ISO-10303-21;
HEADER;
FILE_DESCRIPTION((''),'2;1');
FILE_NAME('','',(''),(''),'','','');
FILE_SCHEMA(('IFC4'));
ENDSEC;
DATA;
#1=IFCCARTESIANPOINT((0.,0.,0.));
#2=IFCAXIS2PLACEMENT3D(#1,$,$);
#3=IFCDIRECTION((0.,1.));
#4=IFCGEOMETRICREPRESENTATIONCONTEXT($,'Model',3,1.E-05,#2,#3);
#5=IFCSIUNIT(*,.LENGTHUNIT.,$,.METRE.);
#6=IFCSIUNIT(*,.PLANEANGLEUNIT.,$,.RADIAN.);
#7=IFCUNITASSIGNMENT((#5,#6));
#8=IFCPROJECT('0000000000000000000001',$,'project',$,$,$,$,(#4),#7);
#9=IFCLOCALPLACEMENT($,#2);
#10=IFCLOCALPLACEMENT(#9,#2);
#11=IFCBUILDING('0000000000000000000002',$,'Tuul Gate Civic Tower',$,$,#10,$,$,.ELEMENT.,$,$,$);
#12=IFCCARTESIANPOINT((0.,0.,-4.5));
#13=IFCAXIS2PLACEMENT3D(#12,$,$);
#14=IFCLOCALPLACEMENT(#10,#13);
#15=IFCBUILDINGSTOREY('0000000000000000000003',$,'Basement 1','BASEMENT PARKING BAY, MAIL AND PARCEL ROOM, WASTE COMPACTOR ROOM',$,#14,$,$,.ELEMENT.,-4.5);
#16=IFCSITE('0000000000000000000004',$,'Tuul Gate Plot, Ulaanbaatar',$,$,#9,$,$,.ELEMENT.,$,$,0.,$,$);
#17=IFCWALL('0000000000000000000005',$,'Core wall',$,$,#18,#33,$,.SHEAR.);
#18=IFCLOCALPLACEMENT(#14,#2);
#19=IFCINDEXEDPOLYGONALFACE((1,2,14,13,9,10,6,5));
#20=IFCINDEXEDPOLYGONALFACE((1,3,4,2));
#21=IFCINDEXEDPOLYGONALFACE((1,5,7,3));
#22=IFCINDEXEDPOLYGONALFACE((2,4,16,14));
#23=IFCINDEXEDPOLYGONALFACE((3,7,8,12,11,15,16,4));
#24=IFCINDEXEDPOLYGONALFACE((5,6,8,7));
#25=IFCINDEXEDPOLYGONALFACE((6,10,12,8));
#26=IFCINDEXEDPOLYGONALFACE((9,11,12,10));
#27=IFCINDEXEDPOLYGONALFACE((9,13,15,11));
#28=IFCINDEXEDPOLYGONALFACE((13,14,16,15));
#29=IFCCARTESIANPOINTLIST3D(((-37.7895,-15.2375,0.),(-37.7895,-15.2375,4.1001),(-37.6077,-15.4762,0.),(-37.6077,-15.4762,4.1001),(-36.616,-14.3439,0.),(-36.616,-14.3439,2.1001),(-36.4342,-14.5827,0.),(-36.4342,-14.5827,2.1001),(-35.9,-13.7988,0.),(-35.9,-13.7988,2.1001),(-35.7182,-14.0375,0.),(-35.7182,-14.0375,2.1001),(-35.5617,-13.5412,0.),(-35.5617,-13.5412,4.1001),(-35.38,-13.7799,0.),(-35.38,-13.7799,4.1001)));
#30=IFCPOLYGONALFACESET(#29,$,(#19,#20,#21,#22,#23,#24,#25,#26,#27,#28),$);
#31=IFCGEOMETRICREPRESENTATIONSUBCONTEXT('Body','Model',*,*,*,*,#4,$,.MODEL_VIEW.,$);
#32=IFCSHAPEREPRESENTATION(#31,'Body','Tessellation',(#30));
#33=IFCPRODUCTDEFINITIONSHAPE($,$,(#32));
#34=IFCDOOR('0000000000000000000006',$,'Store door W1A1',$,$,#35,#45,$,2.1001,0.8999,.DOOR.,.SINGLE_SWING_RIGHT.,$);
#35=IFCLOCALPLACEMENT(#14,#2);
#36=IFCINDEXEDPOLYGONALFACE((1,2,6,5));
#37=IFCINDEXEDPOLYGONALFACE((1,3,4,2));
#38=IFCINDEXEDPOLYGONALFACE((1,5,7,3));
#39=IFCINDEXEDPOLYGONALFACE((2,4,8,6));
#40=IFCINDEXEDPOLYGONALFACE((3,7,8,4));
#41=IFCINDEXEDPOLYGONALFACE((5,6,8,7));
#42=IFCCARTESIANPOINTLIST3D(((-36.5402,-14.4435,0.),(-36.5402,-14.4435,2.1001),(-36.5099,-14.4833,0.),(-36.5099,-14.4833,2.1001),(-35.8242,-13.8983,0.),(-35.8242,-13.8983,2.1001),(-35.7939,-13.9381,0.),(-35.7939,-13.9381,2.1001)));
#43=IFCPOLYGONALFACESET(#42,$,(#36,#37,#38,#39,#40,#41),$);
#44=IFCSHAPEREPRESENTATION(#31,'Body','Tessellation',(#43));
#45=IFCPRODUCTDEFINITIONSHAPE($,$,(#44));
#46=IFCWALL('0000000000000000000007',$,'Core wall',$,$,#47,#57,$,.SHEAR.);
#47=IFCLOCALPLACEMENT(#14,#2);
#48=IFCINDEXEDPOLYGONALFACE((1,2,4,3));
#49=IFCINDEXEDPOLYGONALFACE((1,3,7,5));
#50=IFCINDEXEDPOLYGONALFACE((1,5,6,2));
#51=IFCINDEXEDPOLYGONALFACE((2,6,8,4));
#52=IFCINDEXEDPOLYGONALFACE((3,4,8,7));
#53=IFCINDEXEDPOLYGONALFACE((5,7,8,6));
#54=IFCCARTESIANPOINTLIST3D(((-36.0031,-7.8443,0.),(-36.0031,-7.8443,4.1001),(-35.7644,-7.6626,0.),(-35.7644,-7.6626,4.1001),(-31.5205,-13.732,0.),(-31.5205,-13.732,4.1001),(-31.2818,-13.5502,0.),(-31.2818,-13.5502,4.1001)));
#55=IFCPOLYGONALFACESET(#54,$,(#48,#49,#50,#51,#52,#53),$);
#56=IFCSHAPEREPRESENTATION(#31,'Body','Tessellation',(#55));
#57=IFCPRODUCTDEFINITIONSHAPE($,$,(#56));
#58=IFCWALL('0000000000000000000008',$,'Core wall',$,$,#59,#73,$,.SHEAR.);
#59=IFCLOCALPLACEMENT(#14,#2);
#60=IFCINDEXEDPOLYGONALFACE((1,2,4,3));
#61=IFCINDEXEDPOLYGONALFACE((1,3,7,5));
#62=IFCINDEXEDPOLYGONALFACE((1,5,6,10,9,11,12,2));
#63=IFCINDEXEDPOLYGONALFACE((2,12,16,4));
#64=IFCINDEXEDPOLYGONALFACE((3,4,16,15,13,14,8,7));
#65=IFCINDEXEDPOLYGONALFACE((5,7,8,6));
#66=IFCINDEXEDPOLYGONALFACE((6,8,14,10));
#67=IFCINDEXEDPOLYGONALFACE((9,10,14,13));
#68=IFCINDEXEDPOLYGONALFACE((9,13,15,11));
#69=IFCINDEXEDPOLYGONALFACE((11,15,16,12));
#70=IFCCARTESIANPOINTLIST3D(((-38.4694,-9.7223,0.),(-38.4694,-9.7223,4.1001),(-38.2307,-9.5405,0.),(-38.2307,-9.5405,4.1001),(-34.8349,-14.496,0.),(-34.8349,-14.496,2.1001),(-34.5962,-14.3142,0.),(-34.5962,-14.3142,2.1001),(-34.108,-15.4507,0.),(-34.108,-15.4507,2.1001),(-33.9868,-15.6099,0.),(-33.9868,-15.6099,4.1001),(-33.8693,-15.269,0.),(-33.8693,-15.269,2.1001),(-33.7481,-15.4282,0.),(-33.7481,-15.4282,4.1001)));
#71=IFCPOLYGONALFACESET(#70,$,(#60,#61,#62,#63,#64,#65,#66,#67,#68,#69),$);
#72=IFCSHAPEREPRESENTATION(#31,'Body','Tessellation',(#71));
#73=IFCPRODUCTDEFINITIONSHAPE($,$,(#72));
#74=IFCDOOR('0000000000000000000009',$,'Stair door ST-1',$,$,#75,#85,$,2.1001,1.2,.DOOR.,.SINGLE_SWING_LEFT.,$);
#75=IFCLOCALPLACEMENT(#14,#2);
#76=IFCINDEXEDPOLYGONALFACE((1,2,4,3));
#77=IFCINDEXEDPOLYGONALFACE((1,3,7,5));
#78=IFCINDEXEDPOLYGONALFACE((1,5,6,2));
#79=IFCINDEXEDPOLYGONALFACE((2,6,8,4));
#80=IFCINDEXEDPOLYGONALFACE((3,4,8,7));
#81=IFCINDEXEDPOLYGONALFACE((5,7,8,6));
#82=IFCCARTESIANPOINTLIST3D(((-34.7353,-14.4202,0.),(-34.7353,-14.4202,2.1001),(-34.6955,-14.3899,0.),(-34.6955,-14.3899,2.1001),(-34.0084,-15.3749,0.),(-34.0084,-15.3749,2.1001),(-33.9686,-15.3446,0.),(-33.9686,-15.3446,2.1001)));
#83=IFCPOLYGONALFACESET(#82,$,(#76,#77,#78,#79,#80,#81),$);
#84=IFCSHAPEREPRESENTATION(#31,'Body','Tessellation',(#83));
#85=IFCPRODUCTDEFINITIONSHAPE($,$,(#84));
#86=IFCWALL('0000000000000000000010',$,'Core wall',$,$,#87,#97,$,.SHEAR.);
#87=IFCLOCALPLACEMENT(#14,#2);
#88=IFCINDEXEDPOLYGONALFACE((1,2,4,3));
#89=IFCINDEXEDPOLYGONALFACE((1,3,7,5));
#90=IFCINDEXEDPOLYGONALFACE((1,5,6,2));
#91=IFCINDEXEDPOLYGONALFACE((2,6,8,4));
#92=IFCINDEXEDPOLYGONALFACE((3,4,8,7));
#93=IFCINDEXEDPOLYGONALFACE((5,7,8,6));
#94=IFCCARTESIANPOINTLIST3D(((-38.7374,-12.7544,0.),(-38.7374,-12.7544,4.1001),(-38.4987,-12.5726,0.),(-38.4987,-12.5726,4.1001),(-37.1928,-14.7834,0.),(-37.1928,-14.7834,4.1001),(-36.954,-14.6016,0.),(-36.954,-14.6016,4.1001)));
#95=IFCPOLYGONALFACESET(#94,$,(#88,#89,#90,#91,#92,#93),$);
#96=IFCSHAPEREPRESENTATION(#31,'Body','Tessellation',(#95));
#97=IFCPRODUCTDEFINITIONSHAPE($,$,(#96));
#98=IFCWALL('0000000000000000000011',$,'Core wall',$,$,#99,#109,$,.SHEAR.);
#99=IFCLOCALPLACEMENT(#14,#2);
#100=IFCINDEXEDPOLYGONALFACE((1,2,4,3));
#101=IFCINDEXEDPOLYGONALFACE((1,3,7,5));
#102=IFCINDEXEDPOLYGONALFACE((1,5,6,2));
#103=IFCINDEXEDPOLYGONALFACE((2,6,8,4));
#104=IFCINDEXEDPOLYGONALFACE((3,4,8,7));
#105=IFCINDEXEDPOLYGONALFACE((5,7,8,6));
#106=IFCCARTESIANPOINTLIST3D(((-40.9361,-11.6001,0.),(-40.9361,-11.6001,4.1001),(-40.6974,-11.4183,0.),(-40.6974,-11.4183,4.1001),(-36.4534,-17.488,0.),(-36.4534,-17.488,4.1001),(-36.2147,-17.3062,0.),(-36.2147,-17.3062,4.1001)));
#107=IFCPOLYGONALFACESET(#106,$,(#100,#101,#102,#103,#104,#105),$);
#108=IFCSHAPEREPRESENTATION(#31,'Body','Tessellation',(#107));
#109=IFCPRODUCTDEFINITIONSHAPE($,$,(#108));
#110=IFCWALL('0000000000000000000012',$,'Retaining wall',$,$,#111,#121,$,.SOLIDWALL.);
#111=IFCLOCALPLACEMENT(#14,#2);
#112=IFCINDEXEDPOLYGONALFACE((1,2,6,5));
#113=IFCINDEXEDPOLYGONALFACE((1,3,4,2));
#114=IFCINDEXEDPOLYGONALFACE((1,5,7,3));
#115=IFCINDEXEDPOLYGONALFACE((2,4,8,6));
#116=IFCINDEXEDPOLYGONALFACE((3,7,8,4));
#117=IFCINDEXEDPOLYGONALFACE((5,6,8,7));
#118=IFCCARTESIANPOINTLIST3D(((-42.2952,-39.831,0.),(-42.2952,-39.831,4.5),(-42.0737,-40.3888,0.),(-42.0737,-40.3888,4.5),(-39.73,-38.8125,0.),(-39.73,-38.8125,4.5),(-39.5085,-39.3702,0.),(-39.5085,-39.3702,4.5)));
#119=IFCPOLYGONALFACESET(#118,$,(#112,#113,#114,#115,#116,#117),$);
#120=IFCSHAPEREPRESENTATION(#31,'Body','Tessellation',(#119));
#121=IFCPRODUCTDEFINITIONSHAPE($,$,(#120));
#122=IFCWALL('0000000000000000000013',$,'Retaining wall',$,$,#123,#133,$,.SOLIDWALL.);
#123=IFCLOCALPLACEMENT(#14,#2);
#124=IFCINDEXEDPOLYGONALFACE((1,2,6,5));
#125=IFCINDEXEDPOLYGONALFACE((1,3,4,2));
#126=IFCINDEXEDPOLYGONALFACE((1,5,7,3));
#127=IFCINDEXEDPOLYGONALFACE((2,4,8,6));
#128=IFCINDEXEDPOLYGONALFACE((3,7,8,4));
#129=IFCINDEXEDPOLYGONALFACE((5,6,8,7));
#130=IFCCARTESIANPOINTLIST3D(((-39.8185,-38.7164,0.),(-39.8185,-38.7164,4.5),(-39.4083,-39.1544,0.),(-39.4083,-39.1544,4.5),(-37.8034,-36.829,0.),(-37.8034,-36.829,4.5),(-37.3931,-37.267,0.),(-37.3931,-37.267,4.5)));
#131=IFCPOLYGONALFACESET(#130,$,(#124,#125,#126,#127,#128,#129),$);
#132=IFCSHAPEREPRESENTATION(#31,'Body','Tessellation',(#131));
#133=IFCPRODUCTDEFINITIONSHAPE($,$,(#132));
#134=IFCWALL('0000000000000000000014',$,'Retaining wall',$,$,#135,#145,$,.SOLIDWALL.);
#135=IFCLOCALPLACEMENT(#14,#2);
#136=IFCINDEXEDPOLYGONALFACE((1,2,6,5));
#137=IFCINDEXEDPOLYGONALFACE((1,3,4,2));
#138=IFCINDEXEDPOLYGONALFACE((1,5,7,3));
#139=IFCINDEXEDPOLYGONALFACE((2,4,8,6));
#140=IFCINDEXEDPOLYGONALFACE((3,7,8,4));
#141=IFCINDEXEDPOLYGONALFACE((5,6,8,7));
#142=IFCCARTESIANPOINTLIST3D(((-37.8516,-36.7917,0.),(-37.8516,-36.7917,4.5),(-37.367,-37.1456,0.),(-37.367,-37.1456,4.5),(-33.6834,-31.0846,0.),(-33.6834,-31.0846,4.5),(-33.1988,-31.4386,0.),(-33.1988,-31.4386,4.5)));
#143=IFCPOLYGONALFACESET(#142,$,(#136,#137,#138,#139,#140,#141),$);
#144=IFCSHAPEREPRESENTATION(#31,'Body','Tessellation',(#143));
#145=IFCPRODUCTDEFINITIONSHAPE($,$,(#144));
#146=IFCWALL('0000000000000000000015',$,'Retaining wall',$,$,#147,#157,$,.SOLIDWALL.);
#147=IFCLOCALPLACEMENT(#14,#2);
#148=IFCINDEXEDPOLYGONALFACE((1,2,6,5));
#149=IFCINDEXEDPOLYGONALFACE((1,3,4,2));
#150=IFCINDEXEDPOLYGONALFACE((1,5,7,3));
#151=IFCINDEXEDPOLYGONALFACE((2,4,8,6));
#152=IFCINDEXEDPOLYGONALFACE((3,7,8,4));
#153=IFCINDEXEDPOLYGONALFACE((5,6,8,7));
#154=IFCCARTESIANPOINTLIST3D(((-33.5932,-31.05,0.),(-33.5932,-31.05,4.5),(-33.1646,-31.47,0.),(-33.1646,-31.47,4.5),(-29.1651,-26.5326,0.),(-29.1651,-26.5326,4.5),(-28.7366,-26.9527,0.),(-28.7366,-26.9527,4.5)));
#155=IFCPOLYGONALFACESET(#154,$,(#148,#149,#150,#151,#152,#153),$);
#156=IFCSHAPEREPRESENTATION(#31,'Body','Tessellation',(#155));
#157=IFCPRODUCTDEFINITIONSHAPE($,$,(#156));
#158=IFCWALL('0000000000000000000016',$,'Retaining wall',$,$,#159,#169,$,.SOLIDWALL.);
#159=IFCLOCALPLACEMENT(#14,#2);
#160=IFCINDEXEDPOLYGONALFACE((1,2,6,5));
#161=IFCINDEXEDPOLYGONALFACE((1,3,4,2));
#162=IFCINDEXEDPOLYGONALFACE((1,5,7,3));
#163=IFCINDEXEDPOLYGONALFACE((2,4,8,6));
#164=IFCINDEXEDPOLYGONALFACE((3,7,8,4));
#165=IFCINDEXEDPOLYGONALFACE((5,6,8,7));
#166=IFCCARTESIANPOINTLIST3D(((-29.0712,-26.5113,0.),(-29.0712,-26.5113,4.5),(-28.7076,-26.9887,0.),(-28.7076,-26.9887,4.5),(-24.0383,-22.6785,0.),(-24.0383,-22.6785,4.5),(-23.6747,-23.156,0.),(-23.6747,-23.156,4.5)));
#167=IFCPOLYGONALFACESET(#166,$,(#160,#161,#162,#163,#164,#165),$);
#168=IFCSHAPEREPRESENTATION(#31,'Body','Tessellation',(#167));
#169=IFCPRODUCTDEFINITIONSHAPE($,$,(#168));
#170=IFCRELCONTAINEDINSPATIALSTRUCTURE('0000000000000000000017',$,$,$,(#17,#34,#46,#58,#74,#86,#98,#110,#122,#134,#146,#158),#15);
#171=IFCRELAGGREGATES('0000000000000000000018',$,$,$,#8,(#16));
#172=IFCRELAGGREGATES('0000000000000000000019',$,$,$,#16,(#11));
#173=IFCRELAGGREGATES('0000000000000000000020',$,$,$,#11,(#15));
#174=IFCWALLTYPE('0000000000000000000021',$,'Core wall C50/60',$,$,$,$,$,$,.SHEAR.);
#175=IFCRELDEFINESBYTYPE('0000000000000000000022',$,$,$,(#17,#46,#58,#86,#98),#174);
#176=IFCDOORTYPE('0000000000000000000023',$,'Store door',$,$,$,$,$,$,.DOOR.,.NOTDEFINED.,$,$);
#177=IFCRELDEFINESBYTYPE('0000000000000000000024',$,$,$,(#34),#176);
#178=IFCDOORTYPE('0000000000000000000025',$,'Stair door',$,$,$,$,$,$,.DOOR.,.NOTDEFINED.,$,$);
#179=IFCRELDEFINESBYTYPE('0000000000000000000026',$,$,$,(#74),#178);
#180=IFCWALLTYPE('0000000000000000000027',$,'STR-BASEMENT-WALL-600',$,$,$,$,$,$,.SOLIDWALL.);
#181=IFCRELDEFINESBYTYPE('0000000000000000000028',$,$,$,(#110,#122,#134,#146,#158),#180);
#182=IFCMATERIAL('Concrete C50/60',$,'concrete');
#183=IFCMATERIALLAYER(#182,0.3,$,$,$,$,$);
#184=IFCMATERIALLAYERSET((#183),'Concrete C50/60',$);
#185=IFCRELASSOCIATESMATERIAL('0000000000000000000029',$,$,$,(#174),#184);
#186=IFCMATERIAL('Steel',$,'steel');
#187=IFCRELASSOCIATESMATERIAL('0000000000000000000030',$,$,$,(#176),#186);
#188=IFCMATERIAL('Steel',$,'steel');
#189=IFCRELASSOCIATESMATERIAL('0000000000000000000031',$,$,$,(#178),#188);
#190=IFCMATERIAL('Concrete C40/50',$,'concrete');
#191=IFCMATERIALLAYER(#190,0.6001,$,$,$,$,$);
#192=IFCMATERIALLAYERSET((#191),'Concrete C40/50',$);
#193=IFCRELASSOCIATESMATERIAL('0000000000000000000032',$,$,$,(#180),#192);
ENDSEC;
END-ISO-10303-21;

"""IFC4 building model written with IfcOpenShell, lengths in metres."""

from ifc_helpers import new_model, si_unit, direction, frame, frame_2d, origin, place, context, subcontext, project, spatial, rectangle, extrude, material, layer, layer_set, type_object, element, fill, save


model = new_model("IFC4")

# Units and contexts
model_context = context("Model", 3, precision=1e-05, world=origin(), true_north=direction((0.0, 1.0)))
body_context = subcontext(model_context, "Body", "Model", "MODEL_VIEW")
ifc_project = project(units=[si_unit("LENGTHUNIT", "METRE"), si_unit("PLANEANGLEUNIT", "RADIAN")], contexts=[model_context])

# Site, building, storey
site_placement = place(None, origin())
site = spatial("IfcSite", under=ifc_project, at=site_placement, Name="Tuul Gate Plot, Ulaanbaatar", CompositionType="ELEMENT", RefElevation=0.0)
building_placement = place(site_placement, origin())
building = spatial("IfcBuilding", under=site, at=building_placement, Name="Tuul Gate Civic Tower", CompositionType="ELEMENT")
storey_placement = place(building_placement, frame((0.0, 0.0, -4.5)))
storey = spatial("IfcBuildingStorey", under=building, at=storey_placement, Name="Basement 1", Description="BASEMENT PARKING BAY, MAIL AND PARCEL ROOM, WASTE COMPACTOR ROOM", CompositionType="ELEMENT", Elevation=-4.5)

# Wall, opening, door
ifc_material_1 = material(Name="Concrete C50/60", Category="concrete")
ifc_layer_1 = layer(ifc_material_1, 0.3)
ifc_layer_set_1 = layer_set([ifc_layer_1], Name="Concrete C50/60")
wall_type_1 = type_object("IfcWallType", Name="Core wall C50/60", PredefinedType="SHEAR", material=ifc_layer_set_1)
wall_1_placement = place(storey_placement, frame((-35.4709, -13.6606, 0.0), z_axis=(0.0, 0.0, 1.0), x_axis=(-0.795616, -0.605802, 0.0)))
wall_1 = element("IfcWall", 1, at=wall_1_placement, inside=storey, type_object=wall_type_1, Name="Core wall", PredefinedType="SHEAR", context=body_context, shape_type="SweptSolid", body=[
    extrude(rectangle(XDim=2.8, YDim=0.3, at=frame_2d((1.3999, 0.0))), origin(), (0.0, 0.0, 1.0), 4.1001),
])
opening_1_placement = place(wall_1_placement, frame((0.425, 0.0, 0.0)))
opening_1 = element("IfcOpeningElement", 2, at=opening_1_placement, cuts=wall_1, PredefinedType="OPENING", context=body_context, shape_type="SweptSolid", body=[
    extrude(rectangle(XDim=0.8999, YDim=2.1001, at=frame_2d((0.45, 1.05))), frame((0.0, 0.1602, 0.0), z_axis=(0.0, -1.0, 0.0), x_axis=(1.0, 0.0, 0.0)), (0.0, 0.0, 1.0), 0.3201),
])
ifc_material_2 = material(Name="Steel", Category="steel")
door_type_1 = type_object("IfcDoorType", Name="Store door", OperationType="NOTDEFINED", PredefinedType="DOOR", material=ifc_material_2)
door_1_placement = place(opening_1_placement, frame((0.8999, 0.0, 0.0), z_axis=(0.0, 0.0, 1.0), x_axis=(-1.0, 0.0, 0.0)))
door_1 = element("IfcDoor", 3, at=door_1_placement, inside=storey, type_object=door_type_1, Name="Store door W1A1", OperationType="SINGLE_SWING_RIGHT", OverallHeight=2.1001, OverallWidth=0.8999, PredefinedType="DOOR", context=body_context, shape_type="SweptSolid", body=[
    extrude(rectangle(XDim=0.8999, YDim=2.1001, at=frame_2d((0.45, 1.05))), frame((0.0, 0.0249, 0.0), z_axis=(0.0, -1.0, 0.0), x_axis=(1.0, 0.0, 0.0)), (0.0, 0.0, 1.0), 0.05),
])
fill(opening_1, door_1)

# Wall
wall_2_placement = place(storey_placement, frame((-31.4011, -13.6411, 0.0), z_axis=(0.0, 0.0, 1.0), x_axis=(-0.60577, 0.79564, 0.0)))
element("IfcWall", 4, at=wall_2_placement, inside=storey, type_object=wall_type_1, Name="Core wall", PredefinedType="SHEAR", context=body_context, shape_type="SweptSolid", body=[
    extrude(rectangle(XDim=7.3999, YDim=0.3, at=frame_2d((3.7, 0.0))), origin(), (0.0, 0.0, 1.0), 4.1001),
])

# Wall, opening, door
wall_3_placement = place(storey_placement, frame((-33.8674, -15.519, 0.0), z_axis=(0.0, 0.0, 1.0), x_axis=(-0.60577, 0.79564, 0.0)))
wall_3 = element("IfcWall", 5, at=wall_3_placement, inside=storey, type_object=wall_type_1, Name="Core wall", PredefinedType="SHEAR", context=body_context, shape_type="SweptSolid", body=[
    extrude(rectangle(XDim=7.3999, YDim=0.3, at=frame_2d((3.7, 0.0))), origin(), (0.0, 0.0, 1.0), 4.1001),
])
opening_2_placement = place(wall_3_placement, frame((0.2, 0.0, 0.0)))
opening_2 = element("IfcOpeningElement", 6, at=opening_2_placement, cuts=wall_3, PredefinedType="OPENING", context=body_context, shape_type="SweptSolid", body=[
    extrude(rectangle(XDim=1.2, YDim=2.1001, at=frame_2d((0.6001, 1.05))), frame((0.0, 0.1602, 0.0), z_axis=(0.0, -1.0, 0.0), x_axis=(1.0, 0.0, 0.0)), (0.0, 0.0, 1.0), 0.3201),
])
ifc_material_3 = material(Name="Steel", Category="steel")
door_type_2 = type_object("IfcDoorType", Name="Stair door", OperationType="NOTDEFINED", PredefinedType="DOOR", material=ifc_material_3)
door_2_placement = place(opening_2_placement, origin())
door_2 = element("IfcDoor", 7, at=door_2_placement, inside=storey, type_object=door_type_2, Name="Stair door ST-1", OperationType="SINGLE_SWING_LEFT", OverallHeight=2.1001, OverallWidth=1.2, PredefinedType="DOOR", context=body_context, shape_type="SweptSolid", body=[
    extrude(rectangle(XDim=1.2, YDim=2.1001, at=frame_2d((0.6001, 1.05))), frame((0.0, 0.0249, 0.0), z_axis=(0.0, -1.0, 0.0), x_axis=(1.0, 0.0, 0.0)), (0.0, 0.0, 1.0), 0.05),
])
fill(opening_2, door_2)

# Walls
wall_4_placement = place(storey_placement, frame((-37.0735, -14.6924, 0.0), z_axis=(0.0, 0.0, 1.0), x_axis=(-0.605729, 0.795671, 0.0)))
element("IfcWall", 8, at=wall_4_placement, inside=storey, type_object=wall_type_1, Name="Core wall", PredefinedType="SHEAR", context=body_context, shape_type="SweptSolid", body=[
    extrude(rectangle(XDim=2.55, YDim=0.3, at=frame_2d((1.2749, 0.0))), origin(), (0.0, 0.0, 1.0), 4.1001),
])
wall_5_placement = place(storey_placement, frame((-36.334, -17.3972, 0.0), z_axis=(0.0, 0.0, 1.0), x_axis=(-0.605754, 0.795652, 0.0)))
element("IfcWall", 9, at=wall_5_placement, inside=storey, type_object=wall_type_1, Name="Core wall", PredefinedType="SHEAR", context=body_context, shape_type="SweptSolid", body=[
    extrude(rectangle(XDim=7.4001, YDim=0.3, at=frame_2d((3.7002, 0.0))), origin(), (0.0, 0.0, 1.0), 4.1001),
])
ifc_material_4 = material(Name="Concrete C40/50", Category="concrete")
ifc_layer_2 = layer(ifc_material_4, 0.6001)
ifc_layer_set_2 = layer_set([ifc_layer_2], Name="Concrete C40/50")
wall_type_2 = type_object("IfcWallType", Name="STR-BASEMENT-WALL-600", PredefinedType="SOLIDWALL", material=ifc_layer_set_2)
wall_6_placement = place(storey_placement, frame((-42.1843, -40.1099, 0.0), z_axis=(0.0, 0.0, 1.0), x_axis=(0.929413, 0.369041, 0.0)))
element("IfcWall", 10, at=wall_6_placement, inside=storey, type_object=wall_type_2, Name="Retaining wall", PredefinedType="SOLIDWALL", context=body_context, shape_type="SweptSolid", body=[
    extrude(rectangle(XDim=2.76, YDim=0.6001, at=frame_2d((1.3799, 0.0))), origin(), (0.0, 0.0, 1.0), 4.5),
])
wall_7_placement = place(storey_placement, frame((-39.6133, -38.9353, 0.0), z_axis=(0.0, 0.0, 1.0), x_axis=(0.729851, 0.683606, 0.0)))
element("IfcWall", 11, at=wall_7_placement, inside=storey, type_object=wall_type_2, Name="Retaining wall", PredefinedType="SOLIDWALL", context=body_context, shape_type="SweptSolid", body=[
    extrude(rectangle(XDim=2.761, YDim=0.6001, at=frame_2d((1.3804, 0.0))), origin(), (0.0, 0.0, 1.0), 4.5),
])
wall_8_placement = place(storey_placement, frame((-37.6094, -36.9688, 0.0), z_axis=(0.0, 0.0, 1.0), x_axis=(0.589803, 0.807547, 0.0)))
element("IfcWall", 12, at=wall_8_placement, inside=storey, type_object=wall_type_2, Name="Retaining wall", PredefinedType="SOLIDWALL", context=body_context, shape_type="SweptSolid", body=[
    extrude(rectangle(XDim=7.0671, YDim=0.6001, at=frame_2d((3.5337, 0.0))), origin(), (0.0, 0.0, 1.0), 4.5),
])
wall_9_placement = place(storey_placement, frame((-33.3789, -31.26, 0.0), z_axis=(0.0, 0.0, 1.0), x_axis=(0.700009, 0.714135, 0.0)))
element("IfcWall", 13, at=wall_9_placement, inside=storey, type_object=wall_type_2, Name="Retaining wall", PredefinedType="SOLIDWALL", context=body_context, shape_type="SweptSolid", body=[
    extrude(rectangle(XDim=6.3257, YDim=0.6001, at=frame_2d((3.1628, 0.0))), origin(), (0.0, 0.0, 1.0), 4.5),
])
wall_10_placement = place(storey_placement, frame((-28.8894, -26.75, 0.0), z_axis=(0.0, 0.0, 1.0), x_axis=(0.795574, 0.605856, 0.0)))
element("IfcWall", 14, at=wall_10_placement, inside=storey, type_object=wall_type_2, Name="Retaining wall", PredefinedType="SOLIDWALL", context=body_context, shape_type="SweptSolid", body=[
    extrude(rectangle(XDim=6.3262, YDim=0.6001, at=frame_2d((3.1631, 0.0))), origin(), (0.0, 0.0, 1.0), 4.5),
])

save(model, "model.ifc")
